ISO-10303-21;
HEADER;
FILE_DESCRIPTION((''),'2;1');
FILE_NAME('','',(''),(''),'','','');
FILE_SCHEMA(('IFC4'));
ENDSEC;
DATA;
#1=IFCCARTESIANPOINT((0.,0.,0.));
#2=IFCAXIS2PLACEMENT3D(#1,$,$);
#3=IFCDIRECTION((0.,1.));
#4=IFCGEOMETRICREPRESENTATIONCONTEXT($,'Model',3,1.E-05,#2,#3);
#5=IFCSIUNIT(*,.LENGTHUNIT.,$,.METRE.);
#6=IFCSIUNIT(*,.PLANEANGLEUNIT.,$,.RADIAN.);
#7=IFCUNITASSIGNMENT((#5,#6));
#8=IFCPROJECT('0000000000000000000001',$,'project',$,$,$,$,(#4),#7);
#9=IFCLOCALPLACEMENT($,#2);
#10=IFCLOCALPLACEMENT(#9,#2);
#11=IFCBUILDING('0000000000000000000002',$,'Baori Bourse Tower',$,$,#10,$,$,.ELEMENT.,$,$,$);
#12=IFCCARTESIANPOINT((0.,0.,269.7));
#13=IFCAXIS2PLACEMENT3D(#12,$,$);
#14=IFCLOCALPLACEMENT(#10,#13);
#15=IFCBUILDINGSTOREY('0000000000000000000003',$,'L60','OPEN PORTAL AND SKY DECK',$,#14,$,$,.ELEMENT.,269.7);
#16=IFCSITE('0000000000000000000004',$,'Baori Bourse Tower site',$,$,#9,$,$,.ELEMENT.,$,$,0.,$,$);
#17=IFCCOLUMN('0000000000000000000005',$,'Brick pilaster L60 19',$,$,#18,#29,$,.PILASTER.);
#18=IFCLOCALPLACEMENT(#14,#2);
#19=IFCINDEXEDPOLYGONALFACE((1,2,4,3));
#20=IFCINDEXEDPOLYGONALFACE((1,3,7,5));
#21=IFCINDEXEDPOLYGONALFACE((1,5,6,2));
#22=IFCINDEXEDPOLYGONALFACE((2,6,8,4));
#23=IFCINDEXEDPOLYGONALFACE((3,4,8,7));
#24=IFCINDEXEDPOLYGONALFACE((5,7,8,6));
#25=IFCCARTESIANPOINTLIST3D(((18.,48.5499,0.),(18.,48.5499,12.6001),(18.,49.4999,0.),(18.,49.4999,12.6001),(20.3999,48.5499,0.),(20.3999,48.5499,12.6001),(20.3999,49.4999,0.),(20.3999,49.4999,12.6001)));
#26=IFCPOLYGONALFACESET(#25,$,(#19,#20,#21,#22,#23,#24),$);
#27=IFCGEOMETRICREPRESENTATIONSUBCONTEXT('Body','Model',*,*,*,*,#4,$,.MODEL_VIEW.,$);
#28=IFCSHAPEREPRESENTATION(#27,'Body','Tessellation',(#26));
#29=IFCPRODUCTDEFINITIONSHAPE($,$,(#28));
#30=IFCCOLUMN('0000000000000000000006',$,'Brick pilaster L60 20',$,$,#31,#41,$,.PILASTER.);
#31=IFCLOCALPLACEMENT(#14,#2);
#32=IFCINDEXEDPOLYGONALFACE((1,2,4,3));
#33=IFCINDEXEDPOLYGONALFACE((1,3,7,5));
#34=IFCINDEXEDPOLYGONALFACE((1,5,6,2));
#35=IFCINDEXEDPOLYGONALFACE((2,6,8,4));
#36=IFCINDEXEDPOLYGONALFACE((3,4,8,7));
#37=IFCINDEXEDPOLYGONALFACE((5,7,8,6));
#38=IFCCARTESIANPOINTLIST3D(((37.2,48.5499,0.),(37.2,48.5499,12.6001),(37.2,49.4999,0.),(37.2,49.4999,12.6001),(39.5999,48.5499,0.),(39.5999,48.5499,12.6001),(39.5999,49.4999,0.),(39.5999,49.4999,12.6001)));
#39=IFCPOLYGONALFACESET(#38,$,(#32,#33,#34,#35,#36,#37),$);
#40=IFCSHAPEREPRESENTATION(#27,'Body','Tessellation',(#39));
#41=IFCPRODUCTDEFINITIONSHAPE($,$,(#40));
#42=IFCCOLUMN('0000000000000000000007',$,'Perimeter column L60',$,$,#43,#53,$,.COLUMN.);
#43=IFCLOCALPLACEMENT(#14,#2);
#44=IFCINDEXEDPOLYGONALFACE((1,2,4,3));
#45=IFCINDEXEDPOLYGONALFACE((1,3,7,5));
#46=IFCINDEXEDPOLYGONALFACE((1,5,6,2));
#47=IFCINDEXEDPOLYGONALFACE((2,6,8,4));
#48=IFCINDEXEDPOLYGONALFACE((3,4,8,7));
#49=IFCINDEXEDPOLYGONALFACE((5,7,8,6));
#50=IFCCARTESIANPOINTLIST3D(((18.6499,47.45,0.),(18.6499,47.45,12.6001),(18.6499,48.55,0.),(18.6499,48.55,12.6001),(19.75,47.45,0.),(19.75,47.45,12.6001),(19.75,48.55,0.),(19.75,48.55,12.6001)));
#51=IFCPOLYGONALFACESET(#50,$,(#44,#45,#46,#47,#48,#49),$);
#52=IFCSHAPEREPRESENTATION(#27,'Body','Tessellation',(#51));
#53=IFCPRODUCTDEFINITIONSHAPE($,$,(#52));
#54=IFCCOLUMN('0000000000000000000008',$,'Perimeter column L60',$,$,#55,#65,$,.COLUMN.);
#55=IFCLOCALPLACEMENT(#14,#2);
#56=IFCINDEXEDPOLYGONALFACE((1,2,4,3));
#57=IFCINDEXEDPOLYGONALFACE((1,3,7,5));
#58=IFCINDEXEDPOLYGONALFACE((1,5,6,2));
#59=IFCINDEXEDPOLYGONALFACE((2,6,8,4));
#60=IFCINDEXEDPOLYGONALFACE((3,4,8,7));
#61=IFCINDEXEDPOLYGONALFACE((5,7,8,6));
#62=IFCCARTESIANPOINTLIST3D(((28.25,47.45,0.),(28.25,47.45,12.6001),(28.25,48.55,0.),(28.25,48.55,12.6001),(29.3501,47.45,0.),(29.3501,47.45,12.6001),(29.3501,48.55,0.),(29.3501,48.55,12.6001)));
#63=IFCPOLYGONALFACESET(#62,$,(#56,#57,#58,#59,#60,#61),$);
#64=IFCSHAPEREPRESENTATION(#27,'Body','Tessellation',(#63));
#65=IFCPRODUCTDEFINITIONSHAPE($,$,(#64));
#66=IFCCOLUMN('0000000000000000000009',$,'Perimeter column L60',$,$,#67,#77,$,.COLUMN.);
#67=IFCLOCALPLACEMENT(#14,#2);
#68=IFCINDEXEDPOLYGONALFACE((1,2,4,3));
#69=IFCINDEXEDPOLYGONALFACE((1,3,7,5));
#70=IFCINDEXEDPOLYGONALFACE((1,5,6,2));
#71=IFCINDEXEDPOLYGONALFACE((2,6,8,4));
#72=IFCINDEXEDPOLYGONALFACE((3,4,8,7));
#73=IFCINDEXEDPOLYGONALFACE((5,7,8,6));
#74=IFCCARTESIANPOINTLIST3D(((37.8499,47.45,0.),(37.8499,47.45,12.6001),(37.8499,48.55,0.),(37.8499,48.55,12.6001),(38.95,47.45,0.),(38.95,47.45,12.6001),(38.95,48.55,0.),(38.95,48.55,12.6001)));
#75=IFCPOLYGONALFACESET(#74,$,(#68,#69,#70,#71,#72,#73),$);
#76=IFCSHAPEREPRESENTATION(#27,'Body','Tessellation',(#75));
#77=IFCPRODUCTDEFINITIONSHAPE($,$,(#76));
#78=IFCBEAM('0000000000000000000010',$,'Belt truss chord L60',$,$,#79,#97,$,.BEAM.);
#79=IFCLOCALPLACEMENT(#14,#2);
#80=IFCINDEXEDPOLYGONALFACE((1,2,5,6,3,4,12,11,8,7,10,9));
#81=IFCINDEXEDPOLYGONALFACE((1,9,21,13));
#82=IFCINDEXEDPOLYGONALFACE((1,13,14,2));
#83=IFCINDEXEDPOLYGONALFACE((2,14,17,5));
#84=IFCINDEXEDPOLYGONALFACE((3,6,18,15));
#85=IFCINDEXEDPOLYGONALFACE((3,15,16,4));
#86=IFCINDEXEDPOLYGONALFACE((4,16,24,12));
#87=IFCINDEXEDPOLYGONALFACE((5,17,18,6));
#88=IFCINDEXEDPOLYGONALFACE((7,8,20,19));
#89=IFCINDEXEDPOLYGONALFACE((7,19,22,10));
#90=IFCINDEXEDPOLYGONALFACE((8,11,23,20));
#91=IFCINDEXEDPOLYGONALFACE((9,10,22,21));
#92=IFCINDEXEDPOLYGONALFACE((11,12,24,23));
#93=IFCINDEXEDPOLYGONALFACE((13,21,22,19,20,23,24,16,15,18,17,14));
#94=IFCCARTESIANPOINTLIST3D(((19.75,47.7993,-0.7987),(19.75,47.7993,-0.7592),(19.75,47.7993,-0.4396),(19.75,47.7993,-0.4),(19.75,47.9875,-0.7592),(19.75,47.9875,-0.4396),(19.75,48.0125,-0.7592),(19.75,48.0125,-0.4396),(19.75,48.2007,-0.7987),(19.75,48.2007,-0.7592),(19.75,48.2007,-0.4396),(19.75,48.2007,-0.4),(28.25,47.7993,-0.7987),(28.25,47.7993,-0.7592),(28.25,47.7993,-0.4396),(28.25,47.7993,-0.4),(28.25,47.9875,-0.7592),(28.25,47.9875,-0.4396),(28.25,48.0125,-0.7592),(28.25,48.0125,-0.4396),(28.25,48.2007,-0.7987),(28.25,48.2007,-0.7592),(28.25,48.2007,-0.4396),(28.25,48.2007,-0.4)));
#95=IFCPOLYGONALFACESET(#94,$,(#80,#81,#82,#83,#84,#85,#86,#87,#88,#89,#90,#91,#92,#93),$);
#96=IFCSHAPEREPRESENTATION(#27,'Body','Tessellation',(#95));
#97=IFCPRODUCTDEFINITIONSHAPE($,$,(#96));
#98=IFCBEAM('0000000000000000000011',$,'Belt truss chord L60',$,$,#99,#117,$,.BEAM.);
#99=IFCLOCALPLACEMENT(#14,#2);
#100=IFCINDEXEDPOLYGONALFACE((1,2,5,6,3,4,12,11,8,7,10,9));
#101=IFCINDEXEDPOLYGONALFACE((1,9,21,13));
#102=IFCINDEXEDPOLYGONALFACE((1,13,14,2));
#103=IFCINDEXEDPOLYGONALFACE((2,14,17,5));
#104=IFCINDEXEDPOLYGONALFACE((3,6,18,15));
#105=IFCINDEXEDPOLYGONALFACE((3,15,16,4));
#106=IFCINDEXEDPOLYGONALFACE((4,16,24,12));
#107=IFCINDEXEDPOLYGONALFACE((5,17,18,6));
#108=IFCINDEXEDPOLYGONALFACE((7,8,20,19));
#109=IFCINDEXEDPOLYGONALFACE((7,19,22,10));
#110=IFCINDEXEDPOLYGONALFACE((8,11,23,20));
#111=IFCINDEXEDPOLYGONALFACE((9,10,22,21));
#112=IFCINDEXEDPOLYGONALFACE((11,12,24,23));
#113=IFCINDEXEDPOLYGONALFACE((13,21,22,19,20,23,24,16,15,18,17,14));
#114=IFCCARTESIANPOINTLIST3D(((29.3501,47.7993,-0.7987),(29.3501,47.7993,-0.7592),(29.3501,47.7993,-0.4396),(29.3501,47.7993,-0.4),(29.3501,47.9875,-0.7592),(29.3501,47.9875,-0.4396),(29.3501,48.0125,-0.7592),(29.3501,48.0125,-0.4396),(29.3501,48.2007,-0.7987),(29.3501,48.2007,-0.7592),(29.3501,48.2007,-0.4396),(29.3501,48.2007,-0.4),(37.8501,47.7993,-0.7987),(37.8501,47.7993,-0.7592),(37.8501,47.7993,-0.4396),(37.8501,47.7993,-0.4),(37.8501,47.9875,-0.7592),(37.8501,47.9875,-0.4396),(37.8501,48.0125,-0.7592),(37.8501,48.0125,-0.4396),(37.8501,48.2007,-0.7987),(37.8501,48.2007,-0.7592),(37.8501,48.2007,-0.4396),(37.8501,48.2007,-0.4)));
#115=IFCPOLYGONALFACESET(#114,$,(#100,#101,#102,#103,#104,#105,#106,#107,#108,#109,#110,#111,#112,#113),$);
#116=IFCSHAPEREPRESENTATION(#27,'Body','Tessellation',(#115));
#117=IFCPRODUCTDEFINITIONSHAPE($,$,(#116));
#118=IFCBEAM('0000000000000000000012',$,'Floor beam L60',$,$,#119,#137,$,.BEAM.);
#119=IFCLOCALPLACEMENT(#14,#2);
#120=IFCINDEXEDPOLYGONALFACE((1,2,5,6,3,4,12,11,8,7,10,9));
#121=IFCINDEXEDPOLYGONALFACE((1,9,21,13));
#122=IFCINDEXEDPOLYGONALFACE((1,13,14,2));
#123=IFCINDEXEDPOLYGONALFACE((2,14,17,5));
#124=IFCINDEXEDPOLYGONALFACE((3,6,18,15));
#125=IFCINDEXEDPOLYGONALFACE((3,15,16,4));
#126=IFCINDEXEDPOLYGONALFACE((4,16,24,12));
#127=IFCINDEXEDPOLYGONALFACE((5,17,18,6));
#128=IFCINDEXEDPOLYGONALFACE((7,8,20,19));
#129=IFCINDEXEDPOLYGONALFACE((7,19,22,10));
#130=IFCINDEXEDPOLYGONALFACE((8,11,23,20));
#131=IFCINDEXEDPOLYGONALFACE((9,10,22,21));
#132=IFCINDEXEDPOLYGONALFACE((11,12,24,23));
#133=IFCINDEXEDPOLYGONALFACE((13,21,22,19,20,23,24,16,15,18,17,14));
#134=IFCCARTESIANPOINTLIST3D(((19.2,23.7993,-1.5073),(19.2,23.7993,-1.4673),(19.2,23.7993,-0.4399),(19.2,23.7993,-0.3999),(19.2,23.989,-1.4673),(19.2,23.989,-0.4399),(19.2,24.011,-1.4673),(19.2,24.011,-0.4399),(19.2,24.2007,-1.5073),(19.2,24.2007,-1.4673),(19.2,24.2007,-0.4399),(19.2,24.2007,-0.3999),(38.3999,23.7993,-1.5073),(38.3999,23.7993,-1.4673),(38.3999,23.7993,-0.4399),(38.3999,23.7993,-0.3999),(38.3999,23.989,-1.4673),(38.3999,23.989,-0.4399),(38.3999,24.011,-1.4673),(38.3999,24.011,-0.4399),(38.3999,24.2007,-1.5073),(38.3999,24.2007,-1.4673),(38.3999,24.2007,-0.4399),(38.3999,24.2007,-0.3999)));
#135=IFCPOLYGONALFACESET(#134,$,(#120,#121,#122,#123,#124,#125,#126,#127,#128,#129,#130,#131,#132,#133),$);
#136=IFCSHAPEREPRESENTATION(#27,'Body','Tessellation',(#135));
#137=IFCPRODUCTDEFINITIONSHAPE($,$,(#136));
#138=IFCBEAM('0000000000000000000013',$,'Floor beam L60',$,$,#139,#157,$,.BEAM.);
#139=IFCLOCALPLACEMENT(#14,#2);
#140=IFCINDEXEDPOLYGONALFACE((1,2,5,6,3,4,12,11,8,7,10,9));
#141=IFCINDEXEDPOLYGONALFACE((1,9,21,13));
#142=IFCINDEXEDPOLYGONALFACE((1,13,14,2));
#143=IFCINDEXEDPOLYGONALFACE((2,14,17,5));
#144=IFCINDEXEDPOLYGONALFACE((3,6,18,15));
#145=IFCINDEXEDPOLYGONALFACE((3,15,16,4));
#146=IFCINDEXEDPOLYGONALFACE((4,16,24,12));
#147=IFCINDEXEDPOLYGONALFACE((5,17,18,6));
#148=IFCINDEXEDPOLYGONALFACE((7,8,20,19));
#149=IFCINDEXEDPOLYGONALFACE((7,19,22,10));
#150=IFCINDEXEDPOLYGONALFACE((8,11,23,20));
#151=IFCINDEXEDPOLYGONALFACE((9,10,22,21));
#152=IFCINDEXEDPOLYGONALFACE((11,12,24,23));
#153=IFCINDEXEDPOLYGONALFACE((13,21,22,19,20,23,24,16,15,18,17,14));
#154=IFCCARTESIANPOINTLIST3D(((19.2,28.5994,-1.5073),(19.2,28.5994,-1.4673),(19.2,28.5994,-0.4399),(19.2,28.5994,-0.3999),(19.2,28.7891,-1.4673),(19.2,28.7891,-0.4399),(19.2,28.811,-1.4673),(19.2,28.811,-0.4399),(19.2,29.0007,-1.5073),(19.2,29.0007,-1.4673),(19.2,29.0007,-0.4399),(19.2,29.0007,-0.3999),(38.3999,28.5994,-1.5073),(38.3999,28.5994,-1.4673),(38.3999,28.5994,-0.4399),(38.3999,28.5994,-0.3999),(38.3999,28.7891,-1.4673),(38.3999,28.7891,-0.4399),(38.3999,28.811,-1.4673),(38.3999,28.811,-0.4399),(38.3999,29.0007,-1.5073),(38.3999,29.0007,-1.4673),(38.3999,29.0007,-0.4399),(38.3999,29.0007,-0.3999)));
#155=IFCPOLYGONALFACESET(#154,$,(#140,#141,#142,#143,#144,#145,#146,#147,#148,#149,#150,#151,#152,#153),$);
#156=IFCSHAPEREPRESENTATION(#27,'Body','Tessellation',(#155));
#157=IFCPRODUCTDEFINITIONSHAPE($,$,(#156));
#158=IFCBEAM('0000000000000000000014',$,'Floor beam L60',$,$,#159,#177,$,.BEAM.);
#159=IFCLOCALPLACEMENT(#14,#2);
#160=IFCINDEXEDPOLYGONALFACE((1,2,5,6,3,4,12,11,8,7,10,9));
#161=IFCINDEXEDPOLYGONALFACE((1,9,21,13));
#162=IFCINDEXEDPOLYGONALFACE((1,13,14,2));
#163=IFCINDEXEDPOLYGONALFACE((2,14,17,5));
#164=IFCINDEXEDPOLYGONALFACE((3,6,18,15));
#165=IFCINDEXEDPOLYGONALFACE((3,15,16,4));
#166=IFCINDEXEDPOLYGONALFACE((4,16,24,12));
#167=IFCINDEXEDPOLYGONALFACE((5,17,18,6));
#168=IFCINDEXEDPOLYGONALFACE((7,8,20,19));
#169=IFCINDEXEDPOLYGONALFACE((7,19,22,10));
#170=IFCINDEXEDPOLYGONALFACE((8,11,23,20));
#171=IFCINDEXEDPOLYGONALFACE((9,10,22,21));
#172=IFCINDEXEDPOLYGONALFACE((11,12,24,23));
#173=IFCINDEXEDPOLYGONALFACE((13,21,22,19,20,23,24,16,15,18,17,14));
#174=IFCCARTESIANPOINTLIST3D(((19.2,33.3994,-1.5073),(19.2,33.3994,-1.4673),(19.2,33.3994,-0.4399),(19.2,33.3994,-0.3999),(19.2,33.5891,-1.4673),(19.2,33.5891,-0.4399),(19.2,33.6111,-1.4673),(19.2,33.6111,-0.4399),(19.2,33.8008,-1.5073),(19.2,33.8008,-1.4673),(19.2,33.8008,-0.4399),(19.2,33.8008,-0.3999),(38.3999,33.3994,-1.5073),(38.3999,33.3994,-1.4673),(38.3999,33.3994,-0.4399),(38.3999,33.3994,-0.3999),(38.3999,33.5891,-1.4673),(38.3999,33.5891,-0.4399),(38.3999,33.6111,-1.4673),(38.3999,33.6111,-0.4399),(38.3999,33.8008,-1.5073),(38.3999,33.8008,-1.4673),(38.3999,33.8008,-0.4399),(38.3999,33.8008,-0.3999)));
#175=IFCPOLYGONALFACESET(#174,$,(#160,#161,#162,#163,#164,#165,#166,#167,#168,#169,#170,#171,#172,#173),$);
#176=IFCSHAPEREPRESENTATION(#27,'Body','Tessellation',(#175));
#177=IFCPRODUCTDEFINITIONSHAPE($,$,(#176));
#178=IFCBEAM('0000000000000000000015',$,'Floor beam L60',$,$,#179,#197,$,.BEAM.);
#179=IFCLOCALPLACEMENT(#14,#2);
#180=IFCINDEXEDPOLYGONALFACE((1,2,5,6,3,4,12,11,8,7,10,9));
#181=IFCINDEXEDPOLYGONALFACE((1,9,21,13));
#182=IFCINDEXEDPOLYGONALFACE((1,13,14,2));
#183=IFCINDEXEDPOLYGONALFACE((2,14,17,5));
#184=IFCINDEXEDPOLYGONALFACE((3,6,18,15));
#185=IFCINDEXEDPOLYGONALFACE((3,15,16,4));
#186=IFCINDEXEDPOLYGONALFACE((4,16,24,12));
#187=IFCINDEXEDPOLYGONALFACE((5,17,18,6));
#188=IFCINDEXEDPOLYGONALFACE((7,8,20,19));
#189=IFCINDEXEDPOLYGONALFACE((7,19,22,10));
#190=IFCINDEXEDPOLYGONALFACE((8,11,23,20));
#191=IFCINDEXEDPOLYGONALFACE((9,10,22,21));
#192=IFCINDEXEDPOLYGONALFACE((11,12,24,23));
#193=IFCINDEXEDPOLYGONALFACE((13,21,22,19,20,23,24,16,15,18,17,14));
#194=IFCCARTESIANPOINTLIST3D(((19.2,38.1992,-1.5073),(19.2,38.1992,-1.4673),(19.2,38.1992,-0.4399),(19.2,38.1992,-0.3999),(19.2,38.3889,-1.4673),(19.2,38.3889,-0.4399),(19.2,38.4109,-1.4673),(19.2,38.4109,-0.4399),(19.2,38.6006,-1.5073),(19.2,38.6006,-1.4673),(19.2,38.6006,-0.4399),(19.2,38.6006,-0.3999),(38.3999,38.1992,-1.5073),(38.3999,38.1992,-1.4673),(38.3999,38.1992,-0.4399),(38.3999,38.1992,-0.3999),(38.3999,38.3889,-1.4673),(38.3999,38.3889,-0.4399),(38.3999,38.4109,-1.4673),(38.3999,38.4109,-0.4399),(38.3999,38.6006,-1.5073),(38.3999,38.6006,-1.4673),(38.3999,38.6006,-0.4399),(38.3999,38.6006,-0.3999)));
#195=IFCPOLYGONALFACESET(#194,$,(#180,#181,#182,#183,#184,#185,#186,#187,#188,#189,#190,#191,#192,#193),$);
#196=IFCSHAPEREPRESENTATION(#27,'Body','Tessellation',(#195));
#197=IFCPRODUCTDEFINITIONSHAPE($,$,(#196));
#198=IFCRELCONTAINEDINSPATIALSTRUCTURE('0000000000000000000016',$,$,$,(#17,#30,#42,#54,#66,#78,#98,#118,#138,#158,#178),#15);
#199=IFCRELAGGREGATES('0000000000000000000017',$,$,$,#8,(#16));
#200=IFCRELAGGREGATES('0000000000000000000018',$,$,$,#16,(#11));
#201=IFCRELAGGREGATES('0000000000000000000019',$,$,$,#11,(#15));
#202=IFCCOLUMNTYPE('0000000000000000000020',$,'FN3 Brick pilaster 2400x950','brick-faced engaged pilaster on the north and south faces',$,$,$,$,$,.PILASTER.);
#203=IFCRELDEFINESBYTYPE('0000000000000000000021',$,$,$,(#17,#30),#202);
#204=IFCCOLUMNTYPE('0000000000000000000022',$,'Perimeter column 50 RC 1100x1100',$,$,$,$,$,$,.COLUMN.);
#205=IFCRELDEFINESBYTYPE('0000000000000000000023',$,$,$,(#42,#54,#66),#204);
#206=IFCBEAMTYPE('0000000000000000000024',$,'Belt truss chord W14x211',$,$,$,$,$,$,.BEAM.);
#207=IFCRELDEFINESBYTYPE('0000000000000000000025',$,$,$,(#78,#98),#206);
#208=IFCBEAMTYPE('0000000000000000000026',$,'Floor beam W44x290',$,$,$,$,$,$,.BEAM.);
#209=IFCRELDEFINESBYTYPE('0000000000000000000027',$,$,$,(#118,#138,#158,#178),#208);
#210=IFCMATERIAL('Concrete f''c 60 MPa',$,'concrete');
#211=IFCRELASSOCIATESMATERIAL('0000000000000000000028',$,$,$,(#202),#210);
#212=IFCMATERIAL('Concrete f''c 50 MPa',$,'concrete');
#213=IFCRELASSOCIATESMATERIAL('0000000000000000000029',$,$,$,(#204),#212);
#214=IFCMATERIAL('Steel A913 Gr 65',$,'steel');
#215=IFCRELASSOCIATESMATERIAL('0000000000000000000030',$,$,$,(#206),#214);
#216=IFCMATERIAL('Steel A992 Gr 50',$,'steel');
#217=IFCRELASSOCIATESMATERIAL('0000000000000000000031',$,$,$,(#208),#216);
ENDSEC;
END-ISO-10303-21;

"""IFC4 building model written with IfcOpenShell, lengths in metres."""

from ifc_helpers import new_model, si_unit, direction, frame, origin, origin_2d, place, context, subcontext, project, spatial, rectangle, i_section, extrude, material, material_profile, profile_set, type_object, element, save


model = new_model("IFC4")

# Units and contexts
model_context = context("Model", 3, precision=1e-05, world=origin(), true_north=direction((0.0, 1.0)))
body_context = subcontext(model_context, "Body", "Model", "MODEL_VIEW")
ifc_project = project(units=[si_unit("LENGTHUNIT", "METRE"), si_unit("PLANEANGLEUNIT", "RADIAN")], contexts=[model_context])

# Site, building, storey
site_placement = place(None, origin())
site = spatial("IfcSite", under=ifc_project, at=site_placement, Name="Baori Bourse Tower site", CompositionType="ELEMENT", RefElevation=0.0)
building_placement = place(site_placement, origin())
building = spatial("IfcBuilding", under=site, at=building_placement, Name="Baori Bourse Tower", CompositionType="ELEMENT")
storey_placement = place(building_placement, frame((0.0, 0.0, 269.7)))
storey = spatial("IfcBuildingStorey", under=building, at=storey_placement, Name="L60", Description="OPEN PORTAL AND SKY DECK", CompositionType="ELEMENT", Elevation=269.7)

# Columns
ifc_material_1 = material(Name="Concrete f'c 60 MPa", Category="concrete")
ifc_material_profile_1 = material_profile(ifc_material_1, rectangle(XDim=2.3999, YDim=0.95, at=origin_2d()), Name="RC 2400x950")
ifc_profile_set_1 = profile_set([ifc_material_profile_1], Name="Concrete f'c 60 MPa")
column_type_1 = type_object("IfcColumnType", Name="FN3 Brick pilaster 2400x950", Description="brick-faced engaged pilaster on the north and south faces", PredefinedType="PILASTER", material=ifc_profile_set_1)
for number, where, z_axis, x_axis, name in (
    (1, (19.2, 49.0249, 0.0), (0.0, 0.0, 1.0), (1.0, 0.0, 0.0), "Brick pilaster L60 19"),
    (2, (38.3999, 49.0249, 0.0), (0.0, 0.0, 1.0), (1.0, 0.0, 0.0), "Brick pilaster L60 20"),
):
    element("IfcColumn", number, at=place(storey_placement, frame(where, z_axis=z_axis, x_axis=x_axis)), inside=storey, type_object=column_type_1, Name=name, PredefinedType="PILASTER", context=body_context, shape_type="SweptSolid", body=[
        extrude(rectangle(XDim=2.3999, YDim=0.95, at=origin_2d()), origin(), (0.0, 0.0, 1.0), 12.6001),
    ])
ifc_material_2 = material(Name="Concrete f'c 50 MPa", Category="concrete")
ifc_material_profile_2 = material_profile(ifc_material_2, rectangle(XDim=1.1001, YDim=1.1001, at=origin_2d()), Name="RC 1100x1100")
ifc_profile_set_2 = profile_set([ifc_material_profile_2], Name="Concrete f'c 50 MPa")
column_type_2 = type_object("IfcColumnType", Name="Perimeter column 50 RC 1100x1100", PredefinedType="COLUMN", material=ifc_profile_set_2)
for number, where, z_axis, x_axis, name in (
    (3, (19.2, 48.0, 0.0), (0.0, 0.0, 1.0), (1.0, 0.0, 0.0), "Perimeter column L60"),
    (4, (28.8, 48.0, 0.0), (0.0, 0.0, 1.0), (1.0, 0.0, 0.0), "Perimeter column L60"),
    (5, (38.3999, 48.0, 0.0), (0.0, 0.0, 1.0), (1.0, 0.0, 0.0), "Perimeter column L60"),
):
    element("IfcColumn", number, at=place(storey_placement, frame(where, z_axis=z_axis, x_axis=x_axis)), inside=storey, type_object=column_type_2, Name=name, PredefinedType="COLUMN", context=body_context, shape_type="SweptSolid", body=[
        extrude(rectangle(XDim=1.1001, YDim=1.1001, at=origin_2d()), origin(), (0.0, 0.0, 1.0), 12.6001),
    ])

# Beams
ifc_material_3 = material(Name="Steel A913 Gr 65", Category="steel")
ifc_material_profile_3 = material_profile(ifc_material_3, i_section(OverallWidth=0.4014, OverallDepth=0.3987, WebThickness=0.0249, FlangeThickness=0.0396, at=origin_2d()), Name="W14x211")
ifc_profile_set_3 = profile_set([ifc_material_profile_3], Name="Steel A913 Gr 65")
beam_type_1 = type_object("IfcBeamType", Name="Belt truss chord W14x211", PredefinedType="BEAM", material=ifc_profile_set_3)
for number, where, z_axis, x_axis, name in (
    (6, (19.75, 48.0, -0.5994), (1.0, 0.0, 0.0), (0.0, 1.0, 0.0), "Belt truss chord L60"),
    (7, (29.3501, 48.0, -0.5994), (1.0, 0.0, 0.0), (0.0, 1.0, 0.0), "Belt truss chord L60"),
):
    element("IfcBeam", number, at=place(storey_placement, frame(where, z_axis=z_axis, x_axis=x_axis)), inside=storey, type_object=beam_type_1, Name=name, PredefinedType="BEAM", context=body_context, shape_type="SweptSolid", body=[
        extrude(i_section(OverallWidth=0.4014, OverallDepth=0.3987, WebThickness=0.0249, FlangeThickness=0.0396, at=origin_2d()), origin(), (0.0, 0.0, 1.0), 8.5),
    ])
ifc_material_4 = material(Name="Steel A992 Gr 50", Category="steel")
ifc_material_profile_4 = material_profile(ifc_material_4, i_section(OverallWidth=0.4014, OverallDepth=1.1074, WebThickness=0.022, FlangeThickness=0.04, at=origin_2d()), Name="W44x290")
ifc_profile_set_4 = profile_set([ifc_material_profile_4], Name="Steel A992 Gr 50")
beam_type_2 = type_object("IfcBeamType", Name="Floor beam W44x290", PredefinedType="BEAM", material=ifc_profile_set_4)
for number, where, z_axis, x_axis, name in (
    (8, (19.2, 24.0, -0.9536), (1.0, 0.0, 0.0), (0.0, 1.0, 0.0), "Floor beam L60"),
    (9, (19.2, 28.8, -0.9536), (1.0, 0.0, 0.0), (0.0, 1.0, 0.0), "Floor beam L60"),
    (10, (19.2, 33.6001, -0.9536), (1.0, 0.0, 0.0), (0.0, 1.0, 0.0), "Floor beam L60"),
    (11, (19.2, 38.3999, -0.9536), (1.0, 0.0, 0.0), (0.0, 1.0, 0.0), "Floor beam L60"),
):
    element("IfcBeam", number, at=place(storey_placement, frame(where, z_axis=z_axis, x_axis=x_axis)), inside=storey, type_object=beam_type_2, Name=name, PredefinedType="BEAM", context=body_context, shape_type="SweptSolid", body=[
        extrude(i_section(OverallWidth=0.4014, OverallDepth=1.1074, WebThickness=0.022, FlangeThickness=0.04, at=origin_2d()), origin(), (0.0, 0.0, 1.0), 19.2),
    ])

save(model, "model.ifc")
